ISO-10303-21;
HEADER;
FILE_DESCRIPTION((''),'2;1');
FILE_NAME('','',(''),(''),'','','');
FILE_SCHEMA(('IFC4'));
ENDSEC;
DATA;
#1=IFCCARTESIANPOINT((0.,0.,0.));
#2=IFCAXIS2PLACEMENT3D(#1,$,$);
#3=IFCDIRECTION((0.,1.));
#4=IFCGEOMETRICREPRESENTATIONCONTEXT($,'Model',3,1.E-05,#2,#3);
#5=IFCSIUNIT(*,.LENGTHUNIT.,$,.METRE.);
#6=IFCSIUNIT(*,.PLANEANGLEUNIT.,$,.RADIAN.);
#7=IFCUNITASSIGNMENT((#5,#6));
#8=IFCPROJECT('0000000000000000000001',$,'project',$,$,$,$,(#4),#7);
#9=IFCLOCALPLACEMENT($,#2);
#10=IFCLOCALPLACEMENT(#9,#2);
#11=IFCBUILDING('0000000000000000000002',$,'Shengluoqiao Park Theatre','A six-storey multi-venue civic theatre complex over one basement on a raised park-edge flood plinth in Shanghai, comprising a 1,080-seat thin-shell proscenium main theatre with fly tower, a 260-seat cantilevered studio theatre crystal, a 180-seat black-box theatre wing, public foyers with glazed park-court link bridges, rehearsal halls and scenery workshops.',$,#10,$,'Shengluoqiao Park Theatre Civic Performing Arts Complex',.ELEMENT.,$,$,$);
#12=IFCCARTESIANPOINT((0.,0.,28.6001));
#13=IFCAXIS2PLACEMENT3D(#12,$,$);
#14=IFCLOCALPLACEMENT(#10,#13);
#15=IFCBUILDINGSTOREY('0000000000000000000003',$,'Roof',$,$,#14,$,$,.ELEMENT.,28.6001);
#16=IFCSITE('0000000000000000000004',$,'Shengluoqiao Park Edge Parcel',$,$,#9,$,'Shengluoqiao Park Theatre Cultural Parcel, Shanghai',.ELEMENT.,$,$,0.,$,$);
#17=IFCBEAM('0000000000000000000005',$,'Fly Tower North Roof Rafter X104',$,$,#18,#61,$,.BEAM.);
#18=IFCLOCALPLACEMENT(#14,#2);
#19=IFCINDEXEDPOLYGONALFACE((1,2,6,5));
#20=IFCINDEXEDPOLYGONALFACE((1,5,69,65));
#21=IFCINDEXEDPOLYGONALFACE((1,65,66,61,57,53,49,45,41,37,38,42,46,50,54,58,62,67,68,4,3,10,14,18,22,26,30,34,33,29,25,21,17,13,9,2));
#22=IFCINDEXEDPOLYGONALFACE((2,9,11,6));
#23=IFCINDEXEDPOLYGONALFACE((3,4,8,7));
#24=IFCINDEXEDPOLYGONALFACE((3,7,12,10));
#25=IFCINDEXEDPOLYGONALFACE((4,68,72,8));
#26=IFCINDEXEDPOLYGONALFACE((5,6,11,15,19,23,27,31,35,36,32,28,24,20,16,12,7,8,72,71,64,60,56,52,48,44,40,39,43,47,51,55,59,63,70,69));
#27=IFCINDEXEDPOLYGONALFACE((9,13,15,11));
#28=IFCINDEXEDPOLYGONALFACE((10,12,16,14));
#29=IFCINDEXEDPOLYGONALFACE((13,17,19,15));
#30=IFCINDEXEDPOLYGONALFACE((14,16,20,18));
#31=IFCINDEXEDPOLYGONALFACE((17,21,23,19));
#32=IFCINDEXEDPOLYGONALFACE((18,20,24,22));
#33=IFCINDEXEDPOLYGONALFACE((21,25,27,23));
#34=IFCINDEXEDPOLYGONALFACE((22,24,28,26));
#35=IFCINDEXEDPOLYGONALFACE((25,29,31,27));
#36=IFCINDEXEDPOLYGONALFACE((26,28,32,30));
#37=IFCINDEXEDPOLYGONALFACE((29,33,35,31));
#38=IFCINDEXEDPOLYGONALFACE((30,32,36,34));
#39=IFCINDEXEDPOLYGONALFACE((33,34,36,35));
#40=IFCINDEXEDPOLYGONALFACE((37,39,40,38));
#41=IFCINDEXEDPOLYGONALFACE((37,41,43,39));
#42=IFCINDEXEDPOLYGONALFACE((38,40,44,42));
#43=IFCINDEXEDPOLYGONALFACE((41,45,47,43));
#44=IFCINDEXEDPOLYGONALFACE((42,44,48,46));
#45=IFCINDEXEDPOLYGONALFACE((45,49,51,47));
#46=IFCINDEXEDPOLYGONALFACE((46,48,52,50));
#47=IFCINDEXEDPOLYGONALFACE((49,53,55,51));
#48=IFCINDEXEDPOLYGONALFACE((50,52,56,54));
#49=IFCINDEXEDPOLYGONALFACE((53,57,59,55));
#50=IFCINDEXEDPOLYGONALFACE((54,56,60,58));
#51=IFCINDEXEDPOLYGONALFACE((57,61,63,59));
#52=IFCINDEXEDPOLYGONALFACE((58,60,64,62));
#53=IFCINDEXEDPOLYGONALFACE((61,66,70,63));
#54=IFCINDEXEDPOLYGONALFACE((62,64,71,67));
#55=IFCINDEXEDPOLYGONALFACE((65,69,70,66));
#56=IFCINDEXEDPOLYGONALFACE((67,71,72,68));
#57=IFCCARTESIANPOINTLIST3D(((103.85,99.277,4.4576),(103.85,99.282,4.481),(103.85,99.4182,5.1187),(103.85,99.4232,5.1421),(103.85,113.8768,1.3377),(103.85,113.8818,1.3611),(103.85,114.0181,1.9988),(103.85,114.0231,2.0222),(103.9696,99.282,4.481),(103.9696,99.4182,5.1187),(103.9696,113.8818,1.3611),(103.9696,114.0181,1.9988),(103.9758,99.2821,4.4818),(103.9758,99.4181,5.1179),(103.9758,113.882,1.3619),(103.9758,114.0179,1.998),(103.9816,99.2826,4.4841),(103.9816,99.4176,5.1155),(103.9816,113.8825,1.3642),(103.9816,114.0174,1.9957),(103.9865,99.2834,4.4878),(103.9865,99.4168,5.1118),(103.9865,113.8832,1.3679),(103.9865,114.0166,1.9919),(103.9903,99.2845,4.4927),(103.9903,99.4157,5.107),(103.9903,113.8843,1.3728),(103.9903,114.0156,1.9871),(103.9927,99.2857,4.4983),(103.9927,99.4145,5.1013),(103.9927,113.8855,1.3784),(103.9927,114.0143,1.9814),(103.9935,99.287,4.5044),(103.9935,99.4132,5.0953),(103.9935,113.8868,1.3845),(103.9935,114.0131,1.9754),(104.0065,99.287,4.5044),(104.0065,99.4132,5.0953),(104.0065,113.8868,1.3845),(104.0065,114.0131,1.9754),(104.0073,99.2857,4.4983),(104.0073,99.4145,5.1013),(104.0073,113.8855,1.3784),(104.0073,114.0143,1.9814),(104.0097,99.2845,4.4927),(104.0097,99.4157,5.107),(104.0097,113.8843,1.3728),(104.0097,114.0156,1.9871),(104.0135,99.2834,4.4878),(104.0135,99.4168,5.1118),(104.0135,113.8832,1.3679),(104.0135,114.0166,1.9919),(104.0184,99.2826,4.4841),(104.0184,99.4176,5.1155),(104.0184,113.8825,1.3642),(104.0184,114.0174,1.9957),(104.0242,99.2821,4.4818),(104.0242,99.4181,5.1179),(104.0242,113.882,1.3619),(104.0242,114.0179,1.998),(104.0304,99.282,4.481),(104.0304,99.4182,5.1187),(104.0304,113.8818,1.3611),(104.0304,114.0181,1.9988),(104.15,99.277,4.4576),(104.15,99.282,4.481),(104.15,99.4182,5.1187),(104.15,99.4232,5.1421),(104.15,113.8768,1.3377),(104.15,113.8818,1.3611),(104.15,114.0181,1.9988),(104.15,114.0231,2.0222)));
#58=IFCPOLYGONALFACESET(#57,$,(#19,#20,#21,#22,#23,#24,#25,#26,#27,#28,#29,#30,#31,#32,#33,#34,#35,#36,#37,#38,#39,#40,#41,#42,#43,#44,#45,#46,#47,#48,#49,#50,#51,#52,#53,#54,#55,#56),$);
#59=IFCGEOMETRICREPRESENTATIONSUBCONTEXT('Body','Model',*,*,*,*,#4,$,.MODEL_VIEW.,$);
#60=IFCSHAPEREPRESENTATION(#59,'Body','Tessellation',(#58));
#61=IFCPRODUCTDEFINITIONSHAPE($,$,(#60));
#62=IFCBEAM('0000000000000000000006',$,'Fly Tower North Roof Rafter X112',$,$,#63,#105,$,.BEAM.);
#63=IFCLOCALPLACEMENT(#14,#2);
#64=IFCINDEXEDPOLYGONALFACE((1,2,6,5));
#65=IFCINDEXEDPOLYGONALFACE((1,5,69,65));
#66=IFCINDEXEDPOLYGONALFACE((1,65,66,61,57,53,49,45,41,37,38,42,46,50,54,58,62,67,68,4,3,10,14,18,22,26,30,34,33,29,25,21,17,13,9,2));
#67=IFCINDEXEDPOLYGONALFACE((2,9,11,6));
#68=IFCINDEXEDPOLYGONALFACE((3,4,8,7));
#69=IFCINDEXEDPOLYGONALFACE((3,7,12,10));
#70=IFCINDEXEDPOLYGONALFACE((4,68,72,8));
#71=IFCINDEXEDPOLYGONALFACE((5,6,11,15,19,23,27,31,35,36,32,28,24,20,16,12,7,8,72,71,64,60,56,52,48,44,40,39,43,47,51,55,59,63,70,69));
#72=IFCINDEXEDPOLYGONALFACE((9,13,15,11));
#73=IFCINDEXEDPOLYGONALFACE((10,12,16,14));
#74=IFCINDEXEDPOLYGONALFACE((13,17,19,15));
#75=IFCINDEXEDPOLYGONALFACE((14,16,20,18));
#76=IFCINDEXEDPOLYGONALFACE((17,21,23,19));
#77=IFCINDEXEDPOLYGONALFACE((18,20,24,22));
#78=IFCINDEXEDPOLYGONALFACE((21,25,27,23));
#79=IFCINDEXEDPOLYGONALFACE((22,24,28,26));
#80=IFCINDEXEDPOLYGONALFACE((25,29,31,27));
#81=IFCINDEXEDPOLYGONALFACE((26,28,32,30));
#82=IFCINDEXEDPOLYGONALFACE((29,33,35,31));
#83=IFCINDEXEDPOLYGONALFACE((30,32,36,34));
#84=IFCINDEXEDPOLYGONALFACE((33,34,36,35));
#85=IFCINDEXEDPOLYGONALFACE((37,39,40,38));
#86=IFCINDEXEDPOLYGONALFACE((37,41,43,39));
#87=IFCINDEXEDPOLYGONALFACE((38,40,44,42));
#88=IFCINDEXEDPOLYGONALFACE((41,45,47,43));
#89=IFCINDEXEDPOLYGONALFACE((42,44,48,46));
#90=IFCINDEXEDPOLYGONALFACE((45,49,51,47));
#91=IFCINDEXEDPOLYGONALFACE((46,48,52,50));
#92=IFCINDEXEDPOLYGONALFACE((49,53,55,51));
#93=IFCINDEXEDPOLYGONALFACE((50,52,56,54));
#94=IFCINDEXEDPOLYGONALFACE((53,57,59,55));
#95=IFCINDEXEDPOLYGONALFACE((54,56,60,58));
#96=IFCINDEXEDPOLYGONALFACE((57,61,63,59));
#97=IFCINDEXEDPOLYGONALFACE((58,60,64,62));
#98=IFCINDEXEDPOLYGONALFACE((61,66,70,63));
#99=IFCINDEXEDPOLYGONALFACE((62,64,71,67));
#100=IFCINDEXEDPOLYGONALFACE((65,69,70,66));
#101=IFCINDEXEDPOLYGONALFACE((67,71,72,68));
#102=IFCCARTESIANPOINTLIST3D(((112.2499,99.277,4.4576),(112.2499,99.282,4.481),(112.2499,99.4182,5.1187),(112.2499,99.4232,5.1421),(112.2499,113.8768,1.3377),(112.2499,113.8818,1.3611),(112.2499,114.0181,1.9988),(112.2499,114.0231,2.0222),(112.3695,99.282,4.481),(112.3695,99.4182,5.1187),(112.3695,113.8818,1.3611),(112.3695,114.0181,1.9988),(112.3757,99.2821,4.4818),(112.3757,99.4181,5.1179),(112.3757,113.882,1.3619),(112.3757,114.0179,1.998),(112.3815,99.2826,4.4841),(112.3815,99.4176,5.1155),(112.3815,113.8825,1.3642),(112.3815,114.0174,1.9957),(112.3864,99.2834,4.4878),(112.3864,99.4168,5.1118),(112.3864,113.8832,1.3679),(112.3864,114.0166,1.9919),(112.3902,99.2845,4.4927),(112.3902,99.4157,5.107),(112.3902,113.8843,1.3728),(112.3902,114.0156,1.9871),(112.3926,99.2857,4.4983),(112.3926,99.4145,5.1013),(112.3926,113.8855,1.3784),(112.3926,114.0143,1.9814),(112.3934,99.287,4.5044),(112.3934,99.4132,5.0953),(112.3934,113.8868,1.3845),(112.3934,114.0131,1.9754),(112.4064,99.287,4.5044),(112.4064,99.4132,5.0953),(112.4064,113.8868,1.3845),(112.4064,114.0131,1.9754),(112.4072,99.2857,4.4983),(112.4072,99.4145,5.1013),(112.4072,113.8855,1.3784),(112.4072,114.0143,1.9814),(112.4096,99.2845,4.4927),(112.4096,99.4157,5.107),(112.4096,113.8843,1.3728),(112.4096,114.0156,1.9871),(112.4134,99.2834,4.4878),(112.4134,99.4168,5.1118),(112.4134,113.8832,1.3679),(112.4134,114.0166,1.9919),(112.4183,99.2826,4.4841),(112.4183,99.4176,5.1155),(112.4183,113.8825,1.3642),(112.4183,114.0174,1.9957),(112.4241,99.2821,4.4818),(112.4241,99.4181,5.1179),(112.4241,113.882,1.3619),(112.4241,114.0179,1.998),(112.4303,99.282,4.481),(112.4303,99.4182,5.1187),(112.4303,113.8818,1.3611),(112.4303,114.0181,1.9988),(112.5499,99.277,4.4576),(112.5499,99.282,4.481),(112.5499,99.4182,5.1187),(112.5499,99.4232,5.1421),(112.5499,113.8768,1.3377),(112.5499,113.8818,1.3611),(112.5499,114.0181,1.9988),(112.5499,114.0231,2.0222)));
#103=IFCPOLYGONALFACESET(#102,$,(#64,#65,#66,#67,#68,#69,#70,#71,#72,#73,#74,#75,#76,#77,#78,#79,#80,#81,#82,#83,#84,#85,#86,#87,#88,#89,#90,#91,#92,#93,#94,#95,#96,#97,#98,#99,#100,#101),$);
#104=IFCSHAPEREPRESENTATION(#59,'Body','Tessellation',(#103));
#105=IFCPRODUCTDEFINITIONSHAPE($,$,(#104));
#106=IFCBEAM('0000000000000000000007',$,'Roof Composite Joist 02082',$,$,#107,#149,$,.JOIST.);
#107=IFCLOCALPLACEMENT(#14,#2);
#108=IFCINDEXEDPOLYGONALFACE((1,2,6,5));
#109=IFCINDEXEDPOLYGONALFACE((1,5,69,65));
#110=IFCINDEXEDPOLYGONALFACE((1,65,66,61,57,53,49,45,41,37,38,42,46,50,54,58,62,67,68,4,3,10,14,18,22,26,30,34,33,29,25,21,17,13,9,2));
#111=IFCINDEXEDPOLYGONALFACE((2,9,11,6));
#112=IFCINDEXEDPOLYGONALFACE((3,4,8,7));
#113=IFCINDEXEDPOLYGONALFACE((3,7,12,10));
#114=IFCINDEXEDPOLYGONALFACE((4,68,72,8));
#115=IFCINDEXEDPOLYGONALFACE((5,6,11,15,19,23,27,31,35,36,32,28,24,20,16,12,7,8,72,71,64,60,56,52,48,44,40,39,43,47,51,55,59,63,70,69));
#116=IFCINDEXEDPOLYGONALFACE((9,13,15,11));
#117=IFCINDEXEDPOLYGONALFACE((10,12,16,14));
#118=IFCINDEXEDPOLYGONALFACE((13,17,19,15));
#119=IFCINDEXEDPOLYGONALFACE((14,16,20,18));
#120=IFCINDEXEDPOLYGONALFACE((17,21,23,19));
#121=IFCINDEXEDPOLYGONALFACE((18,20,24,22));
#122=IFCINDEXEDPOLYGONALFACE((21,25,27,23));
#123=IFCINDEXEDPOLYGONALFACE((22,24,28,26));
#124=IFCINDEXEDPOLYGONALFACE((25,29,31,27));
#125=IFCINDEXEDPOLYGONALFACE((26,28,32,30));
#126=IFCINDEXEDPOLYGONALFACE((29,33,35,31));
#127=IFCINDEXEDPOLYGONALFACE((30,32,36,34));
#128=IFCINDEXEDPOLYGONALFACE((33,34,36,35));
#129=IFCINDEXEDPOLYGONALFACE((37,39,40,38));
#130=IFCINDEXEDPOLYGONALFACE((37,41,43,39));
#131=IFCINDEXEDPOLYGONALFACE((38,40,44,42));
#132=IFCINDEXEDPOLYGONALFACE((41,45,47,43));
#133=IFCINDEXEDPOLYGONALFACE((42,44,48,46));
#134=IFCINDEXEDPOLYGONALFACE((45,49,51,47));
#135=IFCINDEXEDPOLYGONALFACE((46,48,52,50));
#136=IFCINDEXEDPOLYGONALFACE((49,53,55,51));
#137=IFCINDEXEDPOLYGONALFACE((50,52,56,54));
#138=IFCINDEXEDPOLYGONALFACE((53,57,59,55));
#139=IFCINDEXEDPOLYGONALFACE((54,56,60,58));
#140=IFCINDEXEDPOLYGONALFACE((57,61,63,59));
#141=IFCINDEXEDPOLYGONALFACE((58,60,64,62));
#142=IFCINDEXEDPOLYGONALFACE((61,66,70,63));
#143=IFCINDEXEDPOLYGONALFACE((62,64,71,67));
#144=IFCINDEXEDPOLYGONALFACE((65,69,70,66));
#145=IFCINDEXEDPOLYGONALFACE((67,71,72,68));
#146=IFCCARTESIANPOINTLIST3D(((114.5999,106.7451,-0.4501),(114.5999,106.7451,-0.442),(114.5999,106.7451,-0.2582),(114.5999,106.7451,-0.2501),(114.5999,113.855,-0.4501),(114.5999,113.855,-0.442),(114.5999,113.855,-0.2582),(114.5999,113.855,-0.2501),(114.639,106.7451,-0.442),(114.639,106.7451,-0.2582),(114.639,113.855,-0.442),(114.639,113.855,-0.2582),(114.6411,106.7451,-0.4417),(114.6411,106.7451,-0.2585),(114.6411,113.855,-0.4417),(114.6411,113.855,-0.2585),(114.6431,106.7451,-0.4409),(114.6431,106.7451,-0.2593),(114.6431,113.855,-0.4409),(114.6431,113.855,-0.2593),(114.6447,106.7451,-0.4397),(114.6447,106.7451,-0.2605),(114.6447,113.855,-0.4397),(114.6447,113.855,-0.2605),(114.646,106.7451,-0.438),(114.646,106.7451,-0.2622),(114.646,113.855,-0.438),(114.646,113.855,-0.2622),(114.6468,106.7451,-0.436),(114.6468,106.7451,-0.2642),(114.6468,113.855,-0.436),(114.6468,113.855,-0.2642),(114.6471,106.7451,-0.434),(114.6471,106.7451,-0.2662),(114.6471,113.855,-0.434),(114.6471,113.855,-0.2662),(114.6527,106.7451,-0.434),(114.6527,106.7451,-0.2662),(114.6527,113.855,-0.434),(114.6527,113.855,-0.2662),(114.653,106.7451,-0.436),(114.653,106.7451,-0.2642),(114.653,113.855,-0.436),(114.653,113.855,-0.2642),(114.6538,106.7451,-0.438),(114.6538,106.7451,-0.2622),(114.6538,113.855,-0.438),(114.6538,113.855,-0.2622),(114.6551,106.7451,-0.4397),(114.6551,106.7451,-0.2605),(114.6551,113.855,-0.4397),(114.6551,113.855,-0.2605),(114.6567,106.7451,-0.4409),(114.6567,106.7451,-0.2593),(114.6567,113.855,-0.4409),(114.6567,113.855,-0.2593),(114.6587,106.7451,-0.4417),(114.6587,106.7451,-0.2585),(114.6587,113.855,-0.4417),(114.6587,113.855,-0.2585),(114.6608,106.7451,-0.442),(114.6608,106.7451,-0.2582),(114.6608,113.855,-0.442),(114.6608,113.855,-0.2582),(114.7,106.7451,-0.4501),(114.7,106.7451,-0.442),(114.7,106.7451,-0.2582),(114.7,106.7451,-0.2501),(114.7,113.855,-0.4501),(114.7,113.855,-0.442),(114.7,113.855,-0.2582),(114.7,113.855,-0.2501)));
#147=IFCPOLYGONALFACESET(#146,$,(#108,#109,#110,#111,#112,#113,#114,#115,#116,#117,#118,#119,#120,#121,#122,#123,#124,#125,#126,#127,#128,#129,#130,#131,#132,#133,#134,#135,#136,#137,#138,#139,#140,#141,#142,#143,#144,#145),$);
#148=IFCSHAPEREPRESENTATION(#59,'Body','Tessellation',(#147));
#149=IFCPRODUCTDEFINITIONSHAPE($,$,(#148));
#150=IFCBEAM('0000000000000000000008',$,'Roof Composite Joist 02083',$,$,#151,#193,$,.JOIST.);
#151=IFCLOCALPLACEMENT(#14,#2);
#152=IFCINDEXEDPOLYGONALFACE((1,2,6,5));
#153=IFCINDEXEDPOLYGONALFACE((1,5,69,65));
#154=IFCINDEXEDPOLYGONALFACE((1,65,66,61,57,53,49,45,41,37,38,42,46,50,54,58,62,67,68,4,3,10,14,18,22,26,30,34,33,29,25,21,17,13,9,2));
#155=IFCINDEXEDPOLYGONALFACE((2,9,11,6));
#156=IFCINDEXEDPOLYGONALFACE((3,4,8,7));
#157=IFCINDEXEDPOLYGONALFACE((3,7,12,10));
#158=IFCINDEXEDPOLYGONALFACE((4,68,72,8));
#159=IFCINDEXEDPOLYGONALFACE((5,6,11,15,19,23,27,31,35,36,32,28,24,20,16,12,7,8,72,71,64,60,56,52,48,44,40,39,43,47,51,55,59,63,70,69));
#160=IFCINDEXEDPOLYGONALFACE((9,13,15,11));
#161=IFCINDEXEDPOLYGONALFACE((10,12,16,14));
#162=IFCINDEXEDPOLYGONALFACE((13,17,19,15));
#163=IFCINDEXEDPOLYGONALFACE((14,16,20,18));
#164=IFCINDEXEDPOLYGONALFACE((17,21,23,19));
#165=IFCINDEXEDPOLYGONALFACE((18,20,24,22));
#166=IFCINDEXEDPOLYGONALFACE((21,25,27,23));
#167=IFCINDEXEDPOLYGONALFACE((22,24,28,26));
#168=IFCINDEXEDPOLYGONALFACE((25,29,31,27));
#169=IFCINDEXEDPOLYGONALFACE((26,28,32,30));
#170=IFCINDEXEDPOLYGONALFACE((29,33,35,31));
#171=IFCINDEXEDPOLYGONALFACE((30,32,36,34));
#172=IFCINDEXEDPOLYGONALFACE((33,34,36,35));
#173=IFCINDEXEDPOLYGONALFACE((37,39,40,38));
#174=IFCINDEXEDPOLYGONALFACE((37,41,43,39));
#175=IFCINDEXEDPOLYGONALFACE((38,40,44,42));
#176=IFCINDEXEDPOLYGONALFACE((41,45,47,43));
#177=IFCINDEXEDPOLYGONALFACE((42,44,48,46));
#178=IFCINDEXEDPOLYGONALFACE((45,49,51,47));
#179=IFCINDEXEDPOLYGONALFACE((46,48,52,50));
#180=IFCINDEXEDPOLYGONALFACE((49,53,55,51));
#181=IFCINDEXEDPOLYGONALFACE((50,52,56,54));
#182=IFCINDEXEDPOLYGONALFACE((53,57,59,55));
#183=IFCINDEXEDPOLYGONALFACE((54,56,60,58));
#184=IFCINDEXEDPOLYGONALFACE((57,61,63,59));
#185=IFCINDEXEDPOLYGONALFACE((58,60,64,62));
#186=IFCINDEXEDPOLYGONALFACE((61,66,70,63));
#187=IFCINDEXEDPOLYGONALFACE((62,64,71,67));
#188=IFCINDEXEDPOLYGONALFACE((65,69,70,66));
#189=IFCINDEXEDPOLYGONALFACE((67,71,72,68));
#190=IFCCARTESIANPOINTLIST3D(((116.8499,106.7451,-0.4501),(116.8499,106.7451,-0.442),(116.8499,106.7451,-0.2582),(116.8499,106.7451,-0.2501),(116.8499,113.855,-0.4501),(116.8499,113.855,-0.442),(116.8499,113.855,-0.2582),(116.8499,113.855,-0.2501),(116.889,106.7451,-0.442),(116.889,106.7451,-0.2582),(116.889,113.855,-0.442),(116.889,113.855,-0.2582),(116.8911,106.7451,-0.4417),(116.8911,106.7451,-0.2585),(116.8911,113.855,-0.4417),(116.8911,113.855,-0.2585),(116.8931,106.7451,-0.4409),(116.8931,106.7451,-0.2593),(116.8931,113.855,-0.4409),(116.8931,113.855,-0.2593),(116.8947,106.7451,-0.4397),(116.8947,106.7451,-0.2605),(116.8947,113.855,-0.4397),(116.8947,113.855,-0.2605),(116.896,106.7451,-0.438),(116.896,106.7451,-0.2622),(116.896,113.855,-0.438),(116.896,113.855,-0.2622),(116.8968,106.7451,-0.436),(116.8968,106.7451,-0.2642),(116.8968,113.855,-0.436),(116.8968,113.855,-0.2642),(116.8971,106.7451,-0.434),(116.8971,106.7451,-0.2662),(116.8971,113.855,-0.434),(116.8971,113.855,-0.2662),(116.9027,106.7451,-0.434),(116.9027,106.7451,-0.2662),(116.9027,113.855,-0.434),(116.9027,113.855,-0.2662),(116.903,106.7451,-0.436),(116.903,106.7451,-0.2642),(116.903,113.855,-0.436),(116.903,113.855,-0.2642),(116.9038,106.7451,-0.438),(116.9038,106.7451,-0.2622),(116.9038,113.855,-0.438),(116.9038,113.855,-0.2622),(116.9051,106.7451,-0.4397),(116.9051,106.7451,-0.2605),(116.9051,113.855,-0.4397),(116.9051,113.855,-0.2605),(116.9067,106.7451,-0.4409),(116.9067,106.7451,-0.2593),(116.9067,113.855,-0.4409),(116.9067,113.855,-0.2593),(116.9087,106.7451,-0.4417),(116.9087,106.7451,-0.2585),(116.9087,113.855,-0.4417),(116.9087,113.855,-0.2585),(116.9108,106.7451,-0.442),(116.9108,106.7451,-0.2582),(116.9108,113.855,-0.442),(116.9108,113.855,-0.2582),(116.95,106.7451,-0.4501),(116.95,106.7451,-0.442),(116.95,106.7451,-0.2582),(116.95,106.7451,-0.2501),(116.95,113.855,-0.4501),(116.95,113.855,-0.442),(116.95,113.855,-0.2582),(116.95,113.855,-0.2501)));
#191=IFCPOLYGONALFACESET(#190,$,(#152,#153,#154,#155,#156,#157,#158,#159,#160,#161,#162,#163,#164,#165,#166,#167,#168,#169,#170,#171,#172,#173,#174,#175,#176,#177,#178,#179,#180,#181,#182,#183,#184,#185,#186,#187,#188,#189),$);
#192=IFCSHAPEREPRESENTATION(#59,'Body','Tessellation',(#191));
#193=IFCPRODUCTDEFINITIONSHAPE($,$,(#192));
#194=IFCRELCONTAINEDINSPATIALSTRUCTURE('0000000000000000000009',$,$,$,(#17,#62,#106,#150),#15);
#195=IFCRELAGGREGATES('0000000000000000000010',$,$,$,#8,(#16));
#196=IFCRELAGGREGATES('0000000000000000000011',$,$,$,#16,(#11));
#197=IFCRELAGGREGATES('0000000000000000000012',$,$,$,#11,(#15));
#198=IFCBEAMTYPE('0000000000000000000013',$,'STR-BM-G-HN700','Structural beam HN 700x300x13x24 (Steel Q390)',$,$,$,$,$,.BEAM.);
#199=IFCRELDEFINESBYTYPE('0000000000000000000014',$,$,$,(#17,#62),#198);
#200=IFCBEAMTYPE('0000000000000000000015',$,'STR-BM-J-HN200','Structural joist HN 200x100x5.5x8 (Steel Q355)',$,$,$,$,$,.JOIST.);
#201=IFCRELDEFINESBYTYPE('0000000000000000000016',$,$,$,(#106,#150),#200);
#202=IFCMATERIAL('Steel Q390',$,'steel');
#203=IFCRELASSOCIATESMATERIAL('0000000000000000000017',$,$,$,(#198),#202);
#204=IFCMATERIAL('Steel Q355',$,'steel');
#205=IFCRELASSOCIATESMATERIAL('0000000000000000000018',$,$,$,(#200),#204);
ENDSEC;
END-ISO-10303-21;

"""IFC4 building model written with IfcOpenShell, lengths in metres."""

from ifc_helpers import new_model, si_unit, direction, frame, origin, origin_2d, place, context, subcontext, project, spatial, i_section, extrude, material, material_profile, profile_set, type_object, element, save


model = new_model("IFC4")

# Units and contexts
model_context = context("Model", 3, precision=1e-05, world=origin(), true_north=direction((0.0, 1.0)))
body_context = subcontext(model_context, "Body", "Model", "MODEL_VIEW")
ifc_project = project(units=[si_unit("LENGTHUNIT", "METRE"), si_unit("PLANEANGLEUNIT", "RADIAN")], contexts=[model_context])

# Site, building, storey
site_placement = place(None, origin())
site = spatial("IfcSite", under=ifc_project, at=site_placement, Name="Shengluoqiao Park Edge Parcel", LongName="Shengluoqiao Park Theatre Cultural Parcel, Shanghai", CompositionType="ELEMENT", RefElevation=0.0)
building_placement = place(site_placement, origin())
building = spatial("IfcBuilding", under=site, at=building_placement, Name="Shengluoqiao Park Theatre", Description="A six-storey multi-venue civic theatre complex over one basement on a raised park-edge flood plinth in Shanghai, comprising a 1,080-seat thin-shell proscenium main theatre with fly tower, a 260-seat cantilevered studio theatre crystal, a 180-seat black-box theatre wing, public foyers with glazed park-court link bridges, rehearsal halls and scenery workshops.", LongName="Shengluoqiao Park Theatre Civic Performing Arts Complex", CompositionType="ELEMENT")
storey_placement = place(building_placement, frame((0.0, 0.0, 28.6001)))
storey = spatial("IfcBuildingStorey", under=building, at=storey_placement, Name="Roof", CompositionType="ELEMENT", Elevation=28.6001)

# Beams
ifc_material_1 = material(Name="Steel Q355", Category="steel")
ifc_material_2 = material(Name="Steel Q390", Category="steel")
ifc_material_profile_1 = material_profile(ifc_material_2, i_section(OverallWidth=0.3, OverallDepth=0.7, WebThickness=0.0129, FlangeThickness=0.0239, FilletRadius=0.0239, at=origin_2d()), Name="HN 700x300x13x24")
ifc_profile_set_1 = profile_set([ifc_material_profile_1], Name="Steel Q390")
beam_type_1 = type_object("IfcBeamType", Name="STR-BM-G-HN700", Description="Structural beam HN 700x300x13x24 (Steel Q390)", PredefinedType="BEAM", material=ifc_profile_set_1)
for number, where, z_axis, x_axis, name in (
    (1, (104.0, 99.3501, 4.7998), (0.0, 0.977921, -0.208974), (-1.0, 0.0, 0.0), "Fly Tower North Roof Rafter X104"),
    (2, (112.3999, 99.3501, 4.7998), (0.0, 0.977921, -0.208974), (-1.0, 0.0, 0.0), "Fly Tower North Roof Rafter X112"),
):
    element("IfcBeam", number, at=place(storey_placement, frame(where, z_axis=z_axis, x_axis=x_axis)), inside=storey, type_object=beam_type_1, Name=name, PredefinedType="BEAM", context=body_context, shape_type="SweptSolid", body=[
        extrude(i_section(OverallWidth=0.3, OverallDepth=0.7, WebThickness=0.0129, FlangeThickness=0.0239, FilletRadius=0.0239, at=origin_2d()), origin(), (0.0, 0.0, 1.0), 14.9294),
    ])
ifc_material_profile_2 = material_profile(ifc_material_1, i_section(OverallWidth=0.1001, OverallDepth=0.2, WebThickness=0.0056, FlangeThickness=0.0081, FilletRadius=0.0081, at=origin_2d()), Name="HN 200x100x5.5x8")
ifc_profile_set_2 = profile_set([ifc_material_profile_2], Name="Steel Q355")
beam_type_2 = type_object("IfcBeamType", Name="STR-BM-J-HN200", Description="Structural joist HN 200x100x5.5x8 (Steel Q355)", PredefinedType="JOIST", material=ifc_profile_set_2)
for number, where, z_axis, x_axis, name in (
    (3, (114.6499, 106.7451, -0.3501), (0.0, 1.0, 0.0), (-1.0, 0.0, 0.0), "Roof Composite Joist 02082"),
    (4, (116.8999, 106.7451, -0.3501), (0.0, 1.0, 0.0), (-1.0, 0.0, 0.0), "Roof Composite Joist 02083"),
):
    element("IfcBeam", number, at=place(storey_placement, frame(where, z_axis=z_axis, x_axis=x_axis)), inside=storey, type_object=beam_type_2, Name=name, PredefinedType="JOIST", context=body_context, shape_type="SweptSolid", body=[
        extrude(i_section(OverallWidth=0.1001, OverallDepth=0.2, WebThickness=0.0056, FlangeThickness=0.0081, FilletRadius=0.0081, at=origin_2d()), origin(), (0.0, 0.0, 1.0), 7.1099),
    ])

save(model, "model.ifc")
